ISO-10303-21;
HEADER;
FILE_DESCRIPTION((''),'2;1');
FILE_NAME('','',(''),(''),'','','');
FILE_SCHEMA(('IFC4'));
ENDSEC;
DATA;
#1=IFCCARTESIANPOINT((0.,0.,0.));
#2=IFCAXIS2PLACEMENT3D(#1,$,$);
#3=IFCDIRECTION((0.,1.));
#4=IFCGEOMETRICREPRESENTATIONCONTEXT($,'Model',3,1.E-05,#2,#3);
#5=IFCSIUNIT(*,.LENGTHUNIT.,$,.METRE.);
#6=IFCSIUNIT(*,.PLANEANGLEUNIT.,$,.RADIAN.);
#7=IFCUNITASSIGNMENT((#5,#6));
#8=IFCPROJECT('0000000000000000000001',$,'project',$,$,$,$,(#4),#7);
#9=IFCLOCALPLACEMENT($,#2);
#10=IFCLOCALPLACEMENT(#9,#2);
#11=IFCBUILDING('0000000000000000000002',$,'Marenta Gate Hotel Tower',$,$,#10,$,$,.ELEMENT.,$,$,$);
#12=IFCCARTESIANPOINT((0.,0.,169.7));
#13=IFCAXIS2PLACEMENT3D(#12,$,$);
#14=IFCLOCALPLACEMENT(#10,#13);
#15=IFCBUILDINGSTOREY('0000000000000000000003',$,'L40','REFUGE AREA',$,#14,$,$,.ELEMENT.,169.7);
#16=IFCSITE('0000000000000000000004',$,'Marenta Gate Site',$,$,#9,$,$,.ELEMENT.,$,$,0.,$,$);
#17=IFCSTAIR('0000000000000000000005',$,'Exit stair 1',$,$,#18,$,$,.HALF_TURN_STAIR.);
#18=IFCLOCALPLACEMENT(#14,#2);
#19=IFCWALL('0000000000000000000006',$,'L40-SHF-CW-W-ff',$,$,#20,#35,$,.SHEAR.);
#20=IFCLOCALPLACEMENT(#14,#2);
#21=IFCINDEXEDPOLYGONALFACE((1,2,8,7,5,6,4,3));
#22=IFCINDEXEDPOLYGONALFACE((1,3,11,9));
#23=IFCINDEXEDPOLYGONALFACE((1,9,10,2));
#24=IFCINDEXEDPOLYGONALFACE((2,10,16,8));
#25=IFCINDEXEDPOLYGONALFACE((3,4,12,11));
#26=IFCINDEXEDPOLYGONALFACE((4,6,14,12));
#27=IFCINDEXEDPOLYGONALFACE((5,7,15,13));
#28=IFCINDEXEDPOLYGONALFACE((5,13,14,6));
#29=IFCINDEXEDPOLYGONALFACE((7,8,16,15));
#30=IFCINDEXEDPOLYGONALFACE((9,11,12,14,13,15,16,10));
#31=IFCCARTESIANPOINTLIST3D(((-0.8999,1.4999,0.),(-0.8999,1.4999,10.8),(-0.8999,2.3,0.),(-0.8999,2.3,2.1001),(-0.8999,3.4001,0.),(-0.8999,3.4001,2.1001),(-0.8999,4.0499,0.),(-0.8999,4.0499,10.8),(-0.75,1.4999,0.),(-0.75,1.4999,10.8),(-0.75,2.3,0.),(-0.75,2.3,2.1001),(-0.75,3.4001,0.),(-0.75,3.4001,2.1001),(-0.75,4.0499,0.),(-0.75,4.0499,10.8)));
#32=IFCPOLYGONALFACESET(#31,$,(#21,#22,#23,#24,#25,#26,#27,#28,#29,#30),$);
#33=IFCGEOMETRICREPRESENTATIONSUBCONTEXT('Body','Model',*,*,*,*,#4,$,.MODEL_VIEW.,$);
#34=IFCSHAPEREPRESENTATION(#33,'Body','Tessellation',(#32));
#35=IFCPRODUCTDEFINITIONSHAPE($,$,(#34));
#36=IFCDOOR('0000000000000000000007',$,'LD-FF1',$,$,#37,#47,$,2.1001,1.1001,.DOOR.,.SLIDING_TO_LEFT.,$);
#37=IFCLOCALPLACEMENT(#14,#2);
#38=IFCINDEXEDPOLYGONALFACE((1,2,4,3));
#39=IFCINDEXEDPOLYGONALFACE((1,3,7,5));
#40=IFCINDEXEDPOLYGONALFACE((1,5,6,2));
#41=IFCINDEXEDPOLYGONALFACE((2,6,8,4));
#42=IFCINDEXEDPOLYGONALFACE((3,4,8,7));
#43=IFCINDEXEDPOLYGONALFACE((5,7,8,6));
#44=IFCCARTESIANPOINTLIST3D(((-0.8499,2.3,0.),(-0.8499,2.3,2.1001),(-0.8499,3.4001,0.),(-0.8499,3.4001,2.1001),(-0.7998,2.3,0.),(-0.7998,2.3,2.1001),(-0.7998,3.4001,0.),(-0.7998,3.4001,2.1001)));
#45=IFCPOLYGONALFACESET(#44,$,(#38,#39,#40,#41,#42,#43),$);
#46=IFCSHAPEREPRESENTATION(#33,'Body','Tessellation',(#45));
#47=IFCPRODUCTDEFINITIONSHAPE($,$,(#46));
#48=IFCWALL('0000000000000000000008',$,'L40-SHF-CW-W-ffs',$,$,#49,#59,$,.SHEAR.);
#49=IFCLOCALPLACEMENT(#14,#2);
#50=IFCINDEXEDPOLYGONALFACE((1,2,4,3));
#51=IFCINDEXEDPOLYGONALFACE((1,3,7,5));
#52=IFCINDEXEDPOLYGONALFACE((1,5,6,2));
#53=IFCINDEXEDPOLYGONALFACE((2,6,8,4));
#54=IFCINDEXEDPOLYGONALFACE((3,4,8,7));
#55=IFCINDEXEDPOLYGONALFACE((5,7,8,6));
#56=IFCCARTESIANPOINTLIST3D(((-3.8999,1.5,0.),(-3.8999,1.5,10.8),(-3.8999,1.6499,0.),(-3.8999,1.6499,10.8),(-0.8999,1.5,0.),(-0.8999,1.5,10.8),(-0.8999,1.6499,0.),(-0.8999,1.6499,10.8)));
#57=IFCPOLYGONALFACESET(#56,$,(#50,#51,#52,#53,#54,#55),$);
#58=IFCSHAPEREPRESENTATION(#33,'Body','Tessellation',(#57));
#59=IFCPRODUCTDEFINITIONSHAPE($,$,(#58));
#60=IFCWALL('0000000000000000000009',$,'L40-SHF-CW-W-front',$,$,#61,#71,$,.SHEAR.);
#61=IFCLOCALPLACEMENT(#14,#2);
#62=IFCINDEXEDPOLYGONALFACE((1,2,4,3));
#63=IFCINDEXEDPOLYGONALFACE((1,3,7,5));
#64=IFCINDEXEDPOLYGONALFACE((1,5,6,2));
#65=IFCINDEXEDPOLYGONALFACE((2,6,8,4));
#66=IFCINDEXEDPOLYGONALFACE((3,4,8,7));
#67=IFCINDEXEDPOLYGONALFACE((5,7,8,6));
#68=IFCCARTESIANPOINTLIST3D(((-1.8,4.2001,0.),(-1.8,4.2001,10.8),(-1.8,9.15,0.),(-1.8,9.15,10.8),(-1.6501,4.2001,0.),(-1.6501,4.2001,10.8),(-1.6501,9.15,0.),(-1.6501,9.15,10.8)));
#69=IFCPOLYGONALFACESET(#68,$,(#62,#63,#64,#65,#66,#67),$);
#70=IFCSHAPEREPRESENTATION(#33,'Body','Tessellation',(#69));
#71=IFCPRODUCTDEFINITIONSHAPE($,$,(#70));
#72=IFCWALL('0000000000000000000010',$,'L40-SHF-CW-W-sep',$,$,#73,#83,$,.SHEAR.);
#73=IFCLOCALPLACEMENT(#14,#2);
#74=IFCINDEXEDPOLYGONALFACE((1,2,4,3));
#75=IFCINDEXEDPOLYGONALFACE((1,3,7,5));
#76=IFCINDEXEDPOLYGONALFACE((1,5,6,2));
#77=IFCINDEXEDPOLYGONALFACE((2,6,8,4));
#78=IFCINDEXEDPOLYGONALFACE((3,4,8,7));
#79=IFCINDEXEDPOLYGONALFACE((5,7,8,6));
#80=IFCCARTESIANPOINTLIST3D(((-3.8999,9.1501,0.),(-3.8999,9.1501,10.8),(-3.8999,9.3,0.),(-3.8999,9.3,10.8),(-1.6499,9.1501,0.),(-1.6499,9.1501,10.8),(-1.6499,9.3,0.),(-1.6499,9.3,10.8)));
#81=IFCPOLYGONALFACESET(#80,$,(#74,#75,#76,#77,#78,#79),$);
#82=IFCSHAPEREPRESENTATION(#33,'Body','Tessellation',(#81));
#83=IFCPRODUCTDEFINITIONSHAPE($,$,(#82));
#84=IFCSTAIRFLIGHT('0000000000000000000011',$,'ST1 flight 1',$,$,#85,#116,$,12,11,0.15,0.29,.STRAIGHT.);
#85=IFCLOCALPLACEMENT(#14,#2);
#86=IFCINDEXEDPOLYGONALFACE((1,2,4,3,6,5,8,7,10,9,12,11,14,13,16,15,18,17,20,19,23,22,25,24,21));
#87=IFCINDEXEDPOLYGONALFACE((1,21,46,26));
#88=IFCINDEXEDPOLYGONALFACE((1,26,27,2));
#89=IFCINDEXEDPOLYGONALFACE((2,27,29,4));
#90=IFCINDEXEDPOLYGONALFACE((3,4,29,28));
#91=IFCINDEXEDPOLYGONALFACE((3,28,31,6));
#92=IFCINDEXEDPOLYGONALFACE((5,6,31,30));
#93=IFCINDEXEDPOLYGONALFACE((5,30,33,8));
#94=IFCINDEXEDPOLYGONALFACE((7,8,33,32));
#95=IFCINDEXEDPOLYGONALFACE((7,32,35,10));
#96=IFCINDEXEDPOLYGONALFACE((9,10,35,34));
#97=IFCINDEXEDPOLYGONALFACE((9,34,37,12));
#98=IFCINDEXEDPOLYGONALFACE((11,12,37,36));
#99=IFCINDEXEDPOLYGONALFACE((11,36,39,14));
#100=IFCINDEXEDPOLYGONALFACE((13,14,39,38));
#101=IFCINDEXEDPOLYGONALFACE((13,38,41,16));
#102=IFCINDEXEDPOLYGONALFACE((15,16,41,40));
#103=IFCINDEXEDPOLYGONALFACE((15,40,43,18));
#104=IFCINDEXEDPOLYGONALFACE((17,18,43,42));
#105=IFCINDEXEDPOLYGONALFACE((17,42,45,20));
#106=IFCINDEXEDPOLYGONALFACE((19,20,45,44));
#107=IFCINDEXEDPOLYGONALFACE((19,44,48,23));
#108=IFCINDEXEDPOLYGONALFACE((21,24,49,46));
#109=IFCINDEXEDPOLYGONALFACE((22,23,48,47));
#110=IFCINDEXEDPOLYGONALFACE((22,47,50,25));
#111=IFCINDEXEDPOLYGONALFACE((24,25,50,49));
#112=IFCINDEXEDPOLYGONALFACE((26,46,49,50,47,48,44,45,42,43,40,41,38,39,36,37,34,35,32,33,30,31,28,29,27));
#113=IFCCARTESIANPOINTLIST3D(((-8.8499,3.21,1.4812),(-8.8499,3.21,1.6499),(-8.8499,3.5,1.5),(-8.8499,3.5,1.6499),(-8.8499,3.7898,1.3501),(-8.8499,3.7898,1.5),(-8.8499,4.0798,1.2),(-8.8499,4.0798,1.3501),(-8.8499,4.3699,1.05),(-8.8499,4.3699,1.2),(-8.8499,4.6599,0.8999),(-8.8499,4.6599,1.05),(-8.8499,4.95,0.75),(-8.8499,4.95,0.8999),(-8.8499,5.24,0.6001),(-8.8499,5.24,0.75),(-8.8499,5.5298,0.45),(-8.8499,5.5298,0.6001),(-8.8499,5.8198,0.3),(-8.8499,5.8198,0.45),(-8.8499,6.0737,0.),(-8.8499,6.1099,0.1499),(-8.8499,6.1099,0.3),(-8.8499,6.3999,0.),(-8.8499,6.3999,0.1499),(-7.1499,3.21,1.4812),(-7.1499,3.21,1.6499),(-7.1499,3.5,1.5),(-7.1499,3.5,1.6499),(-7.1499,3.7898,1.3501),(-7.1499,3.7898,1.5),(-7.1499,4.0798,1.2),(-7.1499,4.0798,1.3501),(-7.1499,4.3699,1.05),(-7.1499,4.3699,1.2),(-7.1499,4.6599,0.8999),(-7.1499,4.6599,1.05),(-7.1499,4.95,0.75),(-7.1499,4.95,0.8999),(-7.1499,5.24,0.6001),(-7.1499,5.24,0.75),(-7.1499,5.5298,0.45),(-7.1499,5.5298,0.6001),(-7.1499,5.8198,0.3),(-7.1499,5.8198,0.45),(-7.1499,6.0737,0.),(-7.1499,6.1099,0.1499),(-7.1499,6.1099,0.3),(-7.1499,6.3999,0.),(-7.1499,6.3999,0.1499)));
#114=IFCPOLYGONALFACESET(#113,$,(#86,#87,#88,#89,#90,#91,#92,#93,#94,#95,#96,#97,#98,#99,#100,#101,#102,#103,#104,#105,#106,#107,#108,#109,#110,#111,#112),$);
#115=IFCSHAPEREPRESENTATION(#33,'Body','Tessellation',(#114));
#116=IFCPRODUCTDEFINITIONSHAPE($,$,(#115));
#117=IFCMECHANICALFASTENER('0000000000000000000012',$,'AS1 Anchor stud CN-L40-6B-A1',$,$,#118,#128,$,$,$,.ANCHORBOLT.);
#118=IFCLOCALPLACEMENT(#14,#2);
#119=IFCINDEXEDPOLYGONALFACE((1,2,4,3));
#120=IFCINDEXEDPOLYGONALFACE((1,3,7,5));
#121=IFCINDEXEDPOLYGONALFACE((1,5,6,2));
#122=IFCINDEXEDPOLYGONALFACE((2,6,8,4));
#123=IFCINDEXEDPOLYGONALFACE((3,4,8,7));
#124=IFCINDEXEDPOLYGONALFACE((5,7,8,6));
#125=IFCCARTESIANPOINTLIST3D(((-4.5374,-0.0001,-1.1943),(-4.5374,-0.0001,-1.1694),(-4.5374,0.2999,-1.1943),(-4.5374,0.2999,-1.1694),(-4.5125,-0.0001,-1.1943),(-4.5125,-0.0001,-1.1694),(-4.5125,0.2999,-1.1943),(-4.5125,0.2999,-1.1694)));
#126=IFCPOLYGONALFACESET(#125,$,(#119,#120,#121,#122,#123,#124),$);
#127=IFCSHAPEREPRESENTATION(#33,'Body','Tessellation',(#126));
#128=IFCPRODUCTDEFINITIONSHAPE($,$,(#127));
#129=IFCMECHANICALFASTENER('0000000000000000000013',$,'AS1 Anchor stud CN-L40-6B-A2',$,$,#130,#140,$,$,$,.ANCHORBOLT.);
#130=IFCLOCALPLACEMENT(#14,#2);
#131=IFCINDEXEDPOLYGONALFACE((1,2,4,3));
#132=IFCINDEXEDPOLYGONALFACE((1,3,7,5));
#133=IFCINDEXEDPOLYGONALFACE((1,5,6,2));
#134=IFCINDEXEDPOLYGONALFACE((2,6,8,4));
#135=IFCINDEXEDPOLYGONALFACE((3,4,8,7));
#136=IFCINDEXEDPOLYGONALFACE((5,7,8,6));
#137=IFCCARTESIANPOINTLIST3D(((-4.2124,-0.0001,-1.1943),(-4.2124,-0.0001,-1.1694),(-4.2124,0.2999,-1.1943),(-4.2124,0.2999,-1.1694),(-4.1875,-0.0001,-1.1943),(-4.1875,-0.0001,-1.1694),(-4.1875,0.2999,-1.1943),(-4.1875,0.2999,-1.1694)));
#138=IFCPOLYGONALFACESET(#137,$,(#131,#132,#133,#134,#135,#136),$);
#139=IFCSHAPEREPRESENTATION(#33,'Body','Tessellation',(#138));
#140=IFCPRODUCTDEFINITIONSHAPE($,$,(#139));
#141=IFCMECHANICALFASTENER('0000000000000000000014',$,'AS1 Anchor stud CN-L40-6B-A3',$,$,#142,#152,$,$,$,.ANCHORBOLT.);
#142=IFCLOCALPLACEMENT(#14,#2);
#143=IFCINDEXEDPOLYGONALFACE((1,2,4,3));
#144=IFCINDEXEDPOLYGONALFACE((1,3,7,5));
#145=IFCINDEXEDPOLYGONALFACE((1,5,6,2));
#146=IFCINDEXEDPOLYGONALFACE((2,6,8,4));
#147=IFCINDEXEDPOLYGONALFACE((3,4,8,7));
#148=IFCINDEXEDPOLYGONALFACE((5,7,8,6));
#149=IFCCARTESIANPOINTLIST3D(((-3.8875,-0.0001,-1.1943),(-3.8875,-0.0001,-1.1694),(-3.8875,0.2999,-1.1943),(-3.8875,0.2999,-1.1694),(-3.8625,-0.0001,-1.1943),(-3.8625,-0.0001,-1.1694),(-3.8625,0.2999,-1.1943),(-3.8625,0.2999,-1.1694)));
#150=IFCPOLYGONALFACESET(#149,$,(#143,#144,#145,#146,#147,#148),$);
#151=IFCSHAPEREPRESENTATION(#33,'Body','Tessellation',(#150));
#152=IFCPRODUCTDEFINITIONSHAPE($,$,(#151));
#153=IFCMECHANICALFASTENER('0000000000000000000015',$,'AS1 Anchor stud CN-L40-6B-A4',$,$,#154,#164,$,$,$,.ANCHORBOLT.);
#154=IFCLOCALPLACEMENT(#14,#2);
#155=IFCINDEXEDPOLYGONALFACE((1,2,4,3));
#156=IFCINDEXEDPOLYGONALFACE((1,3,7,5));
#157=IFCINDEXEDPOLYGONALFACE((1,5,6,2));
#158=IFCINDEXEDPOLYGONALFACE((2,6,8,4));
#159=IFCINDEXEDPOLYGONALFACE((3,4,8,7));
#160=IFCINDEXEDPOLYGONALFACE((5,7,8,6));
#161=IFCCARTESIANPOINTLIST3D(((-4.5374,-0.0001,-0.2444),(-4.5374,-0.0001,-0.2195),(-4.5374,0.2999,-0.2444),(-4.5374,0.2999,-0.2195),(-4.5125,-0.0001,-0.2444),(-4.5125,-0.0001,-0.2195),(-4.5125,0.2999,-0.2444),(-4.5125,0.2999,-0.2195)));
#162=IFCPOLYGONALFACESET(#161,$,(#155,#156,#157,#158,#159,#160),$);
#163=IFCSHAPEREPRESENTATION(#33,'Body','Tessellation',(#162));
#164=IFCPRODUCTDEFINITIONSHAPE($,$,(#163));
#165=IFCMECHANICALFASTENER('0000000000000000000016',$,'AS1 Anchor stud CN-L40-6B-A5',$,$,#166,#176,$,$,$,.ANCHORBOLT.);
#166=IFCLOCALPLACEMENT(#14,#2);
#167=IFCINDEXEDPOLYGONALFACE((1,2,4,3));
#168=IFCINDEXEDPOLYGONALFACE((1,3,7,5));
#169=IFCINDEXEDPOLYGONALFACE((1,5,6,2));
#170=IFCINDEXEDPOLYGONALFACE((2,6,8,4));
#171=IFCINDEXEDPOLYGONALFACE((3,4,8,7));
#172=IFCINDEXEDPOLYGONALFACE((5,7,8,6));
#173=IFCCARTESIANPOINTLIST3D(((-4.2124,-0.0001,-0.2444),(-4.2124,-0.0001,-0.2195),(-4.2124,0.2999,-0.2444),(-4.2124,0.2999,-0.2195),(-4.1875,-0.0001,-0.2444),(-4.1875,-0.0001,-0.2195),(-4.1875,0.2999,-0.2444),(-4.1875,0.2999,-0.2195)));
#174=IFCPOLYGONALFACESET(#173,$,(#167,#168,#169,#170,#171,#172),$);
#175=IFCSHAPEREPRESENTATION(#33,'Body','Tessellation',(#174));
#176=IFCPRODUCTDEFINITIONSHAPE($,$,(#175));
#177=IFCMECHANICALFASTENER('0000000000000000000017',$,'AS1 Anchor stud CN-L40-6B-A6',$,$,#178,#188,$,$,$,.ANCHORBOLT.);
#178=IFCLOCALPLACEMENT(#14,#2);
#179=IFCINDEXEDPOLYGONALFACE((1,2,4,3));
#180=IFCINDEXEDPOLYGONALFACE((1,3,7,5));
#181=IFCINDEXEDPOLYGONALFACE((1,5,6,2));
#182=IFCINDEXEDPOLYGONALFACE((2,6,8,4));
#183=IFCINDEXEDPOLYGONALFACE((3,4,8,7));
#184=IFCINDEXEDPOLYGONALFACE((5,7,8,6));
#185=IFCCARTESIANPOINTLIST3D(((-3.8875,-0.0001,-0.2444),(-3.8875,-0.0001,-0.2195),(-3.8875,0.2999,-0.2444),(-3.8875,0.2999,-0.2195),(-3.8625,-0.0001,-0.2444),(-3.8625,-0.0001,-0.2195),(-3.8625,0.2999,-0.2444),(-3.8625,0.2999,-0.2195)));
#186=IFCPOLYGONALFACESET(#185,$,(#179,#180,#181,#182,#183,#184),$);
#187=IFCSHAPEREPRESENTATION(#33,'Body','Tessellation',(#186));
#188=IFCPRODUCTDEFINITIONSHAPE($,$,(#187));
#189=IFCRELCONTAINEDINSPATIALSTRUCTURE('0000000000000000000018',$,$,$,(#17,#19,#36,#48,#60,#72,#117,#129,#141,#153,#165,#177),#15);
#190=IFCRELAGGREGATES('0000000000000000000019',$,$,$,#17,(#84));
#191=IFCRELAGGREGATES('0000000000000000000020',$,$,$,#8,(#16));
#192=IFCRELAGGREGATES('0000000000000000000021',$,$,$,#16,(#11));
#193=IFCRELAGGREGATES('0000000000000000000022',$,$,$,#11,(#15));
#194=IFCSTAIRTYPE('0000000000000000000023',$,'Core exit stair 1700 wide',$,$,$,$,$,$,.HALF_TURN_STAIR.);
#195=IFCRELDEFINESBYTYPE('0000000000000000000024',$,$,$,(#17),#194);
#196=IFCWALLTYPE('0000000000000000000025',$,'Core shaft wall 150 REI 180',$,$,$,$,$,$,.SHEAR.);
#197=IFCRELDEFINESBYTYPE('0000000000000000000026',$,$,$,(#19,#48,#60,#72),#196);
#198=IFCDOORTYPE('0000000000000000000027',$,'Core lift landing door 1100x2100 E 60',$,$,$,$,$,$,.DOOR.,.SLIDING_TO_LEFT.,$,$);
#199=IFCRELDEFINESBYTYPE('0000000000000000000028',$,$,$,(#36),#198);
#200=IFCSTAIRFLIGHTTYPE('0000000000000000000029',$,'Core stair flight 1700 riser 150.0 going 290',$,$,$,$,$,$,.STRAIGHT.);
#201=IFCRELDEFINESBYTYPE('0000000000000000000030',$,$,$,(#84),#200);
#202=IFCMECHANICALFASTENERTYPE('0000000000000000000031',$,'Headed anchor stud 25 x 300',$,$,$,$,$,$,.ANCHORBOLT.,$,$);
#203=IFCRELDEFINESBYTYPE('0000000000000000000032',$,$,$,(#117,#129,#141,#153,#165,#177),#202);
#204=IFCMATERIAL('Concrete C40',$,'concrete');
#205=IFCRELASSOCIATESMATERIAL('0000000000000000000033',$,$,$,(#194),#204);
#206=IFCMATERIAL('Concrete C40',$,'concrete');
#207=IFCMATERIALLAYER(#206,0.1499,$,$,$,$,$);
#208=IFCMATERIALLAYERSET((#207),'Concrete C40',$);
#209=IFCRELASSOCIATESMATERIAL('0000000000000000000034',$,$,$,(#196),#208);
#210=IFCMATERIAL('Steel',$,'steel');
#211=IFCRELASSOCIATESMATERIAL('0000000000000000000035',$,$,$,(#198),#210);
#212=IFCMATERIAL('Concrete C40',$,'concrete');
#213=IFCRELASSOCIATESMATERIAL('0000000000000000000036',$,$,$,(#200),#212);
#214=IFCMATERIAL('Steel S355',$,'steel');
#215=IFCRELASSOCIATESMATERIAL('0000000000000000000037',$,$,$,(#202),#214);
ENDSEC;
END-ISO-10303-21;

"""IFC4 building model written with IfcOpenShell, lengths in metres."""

from ifc_helpers import new_model, si_unit, direction, frame, frame_2d, origin, origin_2d, place, context, subcontext, project, spatial, polyline, rectangle, outline, extrude, material, layer, layer_set, type_object, element, fill, aggregate, save


model = new_model("IFC4")

# Units and contexts
model_context = context("Model", 3, precision=1e-05, world=origin(), true_north=direction((0.0, 1.0)))
body_context = subcontext(model_context, "Body", "Model", "MODEL_VIEW")
ifc_project = project(units=[si_unit("LENGTHUNIT", "METRE"), si_unit("PLANEANGLEUNIT", "RADIAN")], contexts=[model_context])

# Site, building, storey
site_placement = place(None, origin())
site = spatial("IfcSite", under=ifc_project, at=site_placement, Name="Marenta Gate Site", CompositionType="ELEMENT", RefElevation=0.0)
building_placement = place(site_placement, origin())
building = spatial("IfcBuilding", under=site, at=building_placement, Name="Marenta Gate Hotel Tower", CompositionType="ELEMENT")
storey_placement = place(building_placement, frame((0.0, 0.0, 169.7)))
storey = spatial("IfcBuildingStorey", under=building, at=storey_placement, Name="L40", Description="REFUGE AREA", CompositionType="ELEMENT", Elevation=169.7)

# Stair
ifc_material_1 = material(Name="Concrete C40", Category="concrete")
stair_type = type_object("IfcStairType", Name="Core exit stair 1700 wide", PredefinedType="HALF_TURN_STAIR", material=ifc_material_1)
stair_placement = place(storey_placement, origin())
stair = element("IfcStair", 1, at=stair_placement, inside=storey, type_object=stair_type, Name="Exit stair 1", PredefinedType="HALF_TURN_STAIR")

# Wall, opening, door
ifc_material_2 = material(Name="Concrete C40", Category="concrete")
ifc_layer_1 = layer(ifc_material_2, 0.1499)
ifc_layer_set_1 = layer_set([ifc_layer_1], Name="Concrete C40")
wall_type_1 = type_object("IfcWallType", Name="Core shaft wall 150 REI 180", PredefinedType="SHEAR", material=ifc_layer_set_1)
wall_1_placement = place(storey_placement, frame((-0.825, 1.5, 0.0), z_axis=(0.0, 0.0, 1.0), x_axis=(0.0, 1.0, 0.0)))
wall_1 = element("IfcWall", 2, at=wall_1_placement, inside=storey, type_object=wall_type_1, Name="L40-SHF-CW-W-ff", PredefinedType="SHEAR", context=body_context, shape_type="SweptSolid", body=[
    extrude(rectangle(XDim=2.55, YDim=0.1499, at=frame_2d((1.2749, 0.0))), origin(), (0.0, 0.0, 1.0), 10.8),
])
opening_1_placement = place(wall_1_placement, frame((0.8, 0.0, 0.0)))
opening_1 = element("IfcOpeningElement", 3, at=opening_1_placement, cuts=wall_1, PredefinedType="OPENING", context=body_context, shape_type="SweptSolid", body=[
    extrude(rectangle(XDim=1.1001, YDim=2.1001, at=frame_2d((0.55, 1.05))), frame((0.0, 0.075, 0.0), z_axis=(0.0, -1.0, 0.0), x_axis=(1.0, 0.0, 0.0)), (0.0, 0.0, 1.0), 0.1499),
])
ifc_material_3 = material(Name="Steel", Category="steel")
door_type_1 = type_object("IfcDoorType", Name="Core lift landing door 1100x2100 E 60", OperationType="SLIDING_TO_LEFT", PredefinedType="DOOR", material=ifc_material_3)
door_1_placement = place(opening_1_placement, origin())
door_1 = element("IfcDoor", 4, at=door_1_placement, inside=storey, type_object=door_type_1, Name="LD-FF1", OperationType="SLIDING_TO_LEFT", OverallHeight=2.1001, OverallWidth=1.1001, PredefinedType="DOOR", context=body_context, shape_type="SweptSolid", body=[
    extrude(rectangle(XDim=1.1001, YDim=2.1001, at=frame_2d((0.55, 1.05))), frame((0.0, 0.0249, 0.0), z_axis=(0.0, -1.0, 0.0), x_axis=(1.0, 0.0, 0.0)), (0.0, 0.0, 1.0), 0.05),
])
fill(opening_1, door_1)

# Walls
wall_2_placement = place(storey_placement, frame((-3.8999, 1.575, 0.0), z_axis=(0.0, 0.0, 1.0), x_axis=(1.0, 0.0, 0.0)))
element("IfcWall", 5, at=wall_2_placement, inside=storey, type_object=wall_type_1, Name="L40-SHF-CW-W-ffs", PredefinedType="SHEAR", context=body_context, shape_type="SweptSolid", body=[
    extrude(rectangle(XDim=3.0, YDim=0.1499, at=frame_2d((1.5, 0.0))), origin(), (0.0, 0.0, 1.0), 10.8),
])
wall_3_placement = place(storey_placement, frame((-1.7251, 4.2, 0.0), z_axis=(0.0, 0.0, 1.0), x_axis=(0.0, 1.0, 0.0)))
element("IfcWall", 6, at=wall_3_placement, inside=storey, type_object=wall_type_1, Name="L40-SHF-CW-W-front", PredefinedType="SHEAR", context=body_context, shape_type="SweptSolid", body=[
    extrude(rectangle(XDim=4.95, YDim=0.1499, at=frame_2d((2.4751, 0.0))), origin(), (0.0, 0.0, 1.0), 10.8),
])
wall_4_placement = place(storey_placement, frame((-3.8999, 9.2251, 0.0), z_axis=(0.0, 0.0, 1.0), x_axis=(1.0, 0.0, 0.0)))
element("IfcWall", 7, at=wall_4_placement, inside=storey, type_object=wall_type_1, Name="L40-SHF-CW-W-sep", PredefinedType="SHEAR", context=body_context, shape_type="SweptSolid", body=[
    extrude(rectangle(XDim=2.25, YDim=0.1499, at=frame_2d((1.125, 0.0))), origin(), (0.0, 0.0, 1.0), 10.8),
])

# Stair flight
ifc_material_4 = material(Name="Concrete C40", Category="concrete")
stair_flight_type = type_object("IfcStairFlightType", Name="Core stair flight 1700 riser 150.0 going 290", PredefinedType="STRAIGHT", material=ifc_material_4)
stair_flight_placement = place(storey_placement, frame((-8.0, 6.3999, 0.0), z_axis=(0.0, 0.0, 1.0), x_axis=(0.0, -1.0, 0.0)))
stair_flight = element("IfcStairFlight", 8, at=stair_flight_placement, type_object=stair_flight_type, Name="ST1 flight 1", NumberOfRisers=12, NumberOfTreads=11, PredefinedType="STRAIGHT", RiserHeight=0.15, TreadLength=0.29, context=body_context, shape_type="SweptSolid", body=[
    extrude(outline(polyline([(0.0, 0.0), (0.0, 0.1499), (0.29, 0.1499), (0.29, 0.3), (0.5801, 0.3), (0.5801, 0.45), (0.8701, 0.45), (0.8701, 0.6001), (1.1599, 0.6001), (1.1599, 0.75), (1.45, 0.75), (1.45, 0.8999), (1.74, 0.8999), (1.74, 1.05), (2.03, 1.05), (2.03, 1.2), (2.3201, 1.2), (2.3201, 1.3501), (2.6101, 1.3501), (2.6101, 1.5), (2.8999, 1.5), (2.8999, 1.6499), (3.1899, 1.6499), (3.1899, 1.8), (3.1899, 1.4812), (0.3262, 0.0), (0.0, 0.0)])), frame((0.0, 0.8501, 0.0), z_axis=(0.0, -1.0, 0.0), x_axis=(1.0, 0.0, 0.0)), (0.0, 0.0, 1.0), 1.7),
])
aggregate(stair, [stair_flight])

# Mechanical fasteners
ifc_material_5 = material(Name="Steel S355", Category="steel")
mechanical_fastener_type = type_object("IfcMechanicalFastenerType", Name="Headed anchor stud 25 x 300", PredefinedType="ANCHORBOLT", material=ifc_material_5)
for number, where, z_axis, x_axis, name in (
    (9, (-4.5249, 0.1499, -1.1943), (0.0, 0.0, 1.0), (1.0, 0.0, 0.0), "AS1 Anchor stud CN-L40-6B-A1"),
    (10, (-4.2, 0.1499, -1.1943), (0.0, 0.0, 1.0), (1.0, 0.0, 0.0), "AS1 Anchor stud CN-L40-6B-A2"),
    (11, (-3.875, 0.1499, -1.1943), (0.0, 0.0, 1.0), (1.0, 0.0, 0.0), "AS1 Anchor stud CN-L40-6B-A3"),
    (12, (-4.5249, 0.1499, -0.2444), (0.0, 0.0, 1.0), (1.0, 0.0, 0.0), "AS1 Anchor stud CN-L40-6B-A4"),
    (13, (-4.2, 0.1499, -0.2444), (0.0, 0.0, 1.0), (1.0, 0.0, 0.0), "AS1 Anchor stud CN-L40-6B-A5"),
    (14, (-3.875, 0.1499, -0.2444), (0.0, 0.0, 1.0), (1.0, 0.0, 0.0), "AS1 Anchor stud CN-L40-6B-A6"),
):
    element("IfcMechanicalFastener", number, at=place(storey_placement, frame(where, z_axis=z_axis, x_axis=x_axis)), inside=storey, type_object=mechanical_fastener_type, Name=name, PredefinedType="ANCHORBOLT", context=body_context, shape_type="SweptSolid", body=[
        extrude(rectangle(XDim=0.0249, YDim=0.3, at=origin_2d()), origin(), (0.0, 0.0, 1.0), 0.0249),
    ])

save(model, "model.ifc")
